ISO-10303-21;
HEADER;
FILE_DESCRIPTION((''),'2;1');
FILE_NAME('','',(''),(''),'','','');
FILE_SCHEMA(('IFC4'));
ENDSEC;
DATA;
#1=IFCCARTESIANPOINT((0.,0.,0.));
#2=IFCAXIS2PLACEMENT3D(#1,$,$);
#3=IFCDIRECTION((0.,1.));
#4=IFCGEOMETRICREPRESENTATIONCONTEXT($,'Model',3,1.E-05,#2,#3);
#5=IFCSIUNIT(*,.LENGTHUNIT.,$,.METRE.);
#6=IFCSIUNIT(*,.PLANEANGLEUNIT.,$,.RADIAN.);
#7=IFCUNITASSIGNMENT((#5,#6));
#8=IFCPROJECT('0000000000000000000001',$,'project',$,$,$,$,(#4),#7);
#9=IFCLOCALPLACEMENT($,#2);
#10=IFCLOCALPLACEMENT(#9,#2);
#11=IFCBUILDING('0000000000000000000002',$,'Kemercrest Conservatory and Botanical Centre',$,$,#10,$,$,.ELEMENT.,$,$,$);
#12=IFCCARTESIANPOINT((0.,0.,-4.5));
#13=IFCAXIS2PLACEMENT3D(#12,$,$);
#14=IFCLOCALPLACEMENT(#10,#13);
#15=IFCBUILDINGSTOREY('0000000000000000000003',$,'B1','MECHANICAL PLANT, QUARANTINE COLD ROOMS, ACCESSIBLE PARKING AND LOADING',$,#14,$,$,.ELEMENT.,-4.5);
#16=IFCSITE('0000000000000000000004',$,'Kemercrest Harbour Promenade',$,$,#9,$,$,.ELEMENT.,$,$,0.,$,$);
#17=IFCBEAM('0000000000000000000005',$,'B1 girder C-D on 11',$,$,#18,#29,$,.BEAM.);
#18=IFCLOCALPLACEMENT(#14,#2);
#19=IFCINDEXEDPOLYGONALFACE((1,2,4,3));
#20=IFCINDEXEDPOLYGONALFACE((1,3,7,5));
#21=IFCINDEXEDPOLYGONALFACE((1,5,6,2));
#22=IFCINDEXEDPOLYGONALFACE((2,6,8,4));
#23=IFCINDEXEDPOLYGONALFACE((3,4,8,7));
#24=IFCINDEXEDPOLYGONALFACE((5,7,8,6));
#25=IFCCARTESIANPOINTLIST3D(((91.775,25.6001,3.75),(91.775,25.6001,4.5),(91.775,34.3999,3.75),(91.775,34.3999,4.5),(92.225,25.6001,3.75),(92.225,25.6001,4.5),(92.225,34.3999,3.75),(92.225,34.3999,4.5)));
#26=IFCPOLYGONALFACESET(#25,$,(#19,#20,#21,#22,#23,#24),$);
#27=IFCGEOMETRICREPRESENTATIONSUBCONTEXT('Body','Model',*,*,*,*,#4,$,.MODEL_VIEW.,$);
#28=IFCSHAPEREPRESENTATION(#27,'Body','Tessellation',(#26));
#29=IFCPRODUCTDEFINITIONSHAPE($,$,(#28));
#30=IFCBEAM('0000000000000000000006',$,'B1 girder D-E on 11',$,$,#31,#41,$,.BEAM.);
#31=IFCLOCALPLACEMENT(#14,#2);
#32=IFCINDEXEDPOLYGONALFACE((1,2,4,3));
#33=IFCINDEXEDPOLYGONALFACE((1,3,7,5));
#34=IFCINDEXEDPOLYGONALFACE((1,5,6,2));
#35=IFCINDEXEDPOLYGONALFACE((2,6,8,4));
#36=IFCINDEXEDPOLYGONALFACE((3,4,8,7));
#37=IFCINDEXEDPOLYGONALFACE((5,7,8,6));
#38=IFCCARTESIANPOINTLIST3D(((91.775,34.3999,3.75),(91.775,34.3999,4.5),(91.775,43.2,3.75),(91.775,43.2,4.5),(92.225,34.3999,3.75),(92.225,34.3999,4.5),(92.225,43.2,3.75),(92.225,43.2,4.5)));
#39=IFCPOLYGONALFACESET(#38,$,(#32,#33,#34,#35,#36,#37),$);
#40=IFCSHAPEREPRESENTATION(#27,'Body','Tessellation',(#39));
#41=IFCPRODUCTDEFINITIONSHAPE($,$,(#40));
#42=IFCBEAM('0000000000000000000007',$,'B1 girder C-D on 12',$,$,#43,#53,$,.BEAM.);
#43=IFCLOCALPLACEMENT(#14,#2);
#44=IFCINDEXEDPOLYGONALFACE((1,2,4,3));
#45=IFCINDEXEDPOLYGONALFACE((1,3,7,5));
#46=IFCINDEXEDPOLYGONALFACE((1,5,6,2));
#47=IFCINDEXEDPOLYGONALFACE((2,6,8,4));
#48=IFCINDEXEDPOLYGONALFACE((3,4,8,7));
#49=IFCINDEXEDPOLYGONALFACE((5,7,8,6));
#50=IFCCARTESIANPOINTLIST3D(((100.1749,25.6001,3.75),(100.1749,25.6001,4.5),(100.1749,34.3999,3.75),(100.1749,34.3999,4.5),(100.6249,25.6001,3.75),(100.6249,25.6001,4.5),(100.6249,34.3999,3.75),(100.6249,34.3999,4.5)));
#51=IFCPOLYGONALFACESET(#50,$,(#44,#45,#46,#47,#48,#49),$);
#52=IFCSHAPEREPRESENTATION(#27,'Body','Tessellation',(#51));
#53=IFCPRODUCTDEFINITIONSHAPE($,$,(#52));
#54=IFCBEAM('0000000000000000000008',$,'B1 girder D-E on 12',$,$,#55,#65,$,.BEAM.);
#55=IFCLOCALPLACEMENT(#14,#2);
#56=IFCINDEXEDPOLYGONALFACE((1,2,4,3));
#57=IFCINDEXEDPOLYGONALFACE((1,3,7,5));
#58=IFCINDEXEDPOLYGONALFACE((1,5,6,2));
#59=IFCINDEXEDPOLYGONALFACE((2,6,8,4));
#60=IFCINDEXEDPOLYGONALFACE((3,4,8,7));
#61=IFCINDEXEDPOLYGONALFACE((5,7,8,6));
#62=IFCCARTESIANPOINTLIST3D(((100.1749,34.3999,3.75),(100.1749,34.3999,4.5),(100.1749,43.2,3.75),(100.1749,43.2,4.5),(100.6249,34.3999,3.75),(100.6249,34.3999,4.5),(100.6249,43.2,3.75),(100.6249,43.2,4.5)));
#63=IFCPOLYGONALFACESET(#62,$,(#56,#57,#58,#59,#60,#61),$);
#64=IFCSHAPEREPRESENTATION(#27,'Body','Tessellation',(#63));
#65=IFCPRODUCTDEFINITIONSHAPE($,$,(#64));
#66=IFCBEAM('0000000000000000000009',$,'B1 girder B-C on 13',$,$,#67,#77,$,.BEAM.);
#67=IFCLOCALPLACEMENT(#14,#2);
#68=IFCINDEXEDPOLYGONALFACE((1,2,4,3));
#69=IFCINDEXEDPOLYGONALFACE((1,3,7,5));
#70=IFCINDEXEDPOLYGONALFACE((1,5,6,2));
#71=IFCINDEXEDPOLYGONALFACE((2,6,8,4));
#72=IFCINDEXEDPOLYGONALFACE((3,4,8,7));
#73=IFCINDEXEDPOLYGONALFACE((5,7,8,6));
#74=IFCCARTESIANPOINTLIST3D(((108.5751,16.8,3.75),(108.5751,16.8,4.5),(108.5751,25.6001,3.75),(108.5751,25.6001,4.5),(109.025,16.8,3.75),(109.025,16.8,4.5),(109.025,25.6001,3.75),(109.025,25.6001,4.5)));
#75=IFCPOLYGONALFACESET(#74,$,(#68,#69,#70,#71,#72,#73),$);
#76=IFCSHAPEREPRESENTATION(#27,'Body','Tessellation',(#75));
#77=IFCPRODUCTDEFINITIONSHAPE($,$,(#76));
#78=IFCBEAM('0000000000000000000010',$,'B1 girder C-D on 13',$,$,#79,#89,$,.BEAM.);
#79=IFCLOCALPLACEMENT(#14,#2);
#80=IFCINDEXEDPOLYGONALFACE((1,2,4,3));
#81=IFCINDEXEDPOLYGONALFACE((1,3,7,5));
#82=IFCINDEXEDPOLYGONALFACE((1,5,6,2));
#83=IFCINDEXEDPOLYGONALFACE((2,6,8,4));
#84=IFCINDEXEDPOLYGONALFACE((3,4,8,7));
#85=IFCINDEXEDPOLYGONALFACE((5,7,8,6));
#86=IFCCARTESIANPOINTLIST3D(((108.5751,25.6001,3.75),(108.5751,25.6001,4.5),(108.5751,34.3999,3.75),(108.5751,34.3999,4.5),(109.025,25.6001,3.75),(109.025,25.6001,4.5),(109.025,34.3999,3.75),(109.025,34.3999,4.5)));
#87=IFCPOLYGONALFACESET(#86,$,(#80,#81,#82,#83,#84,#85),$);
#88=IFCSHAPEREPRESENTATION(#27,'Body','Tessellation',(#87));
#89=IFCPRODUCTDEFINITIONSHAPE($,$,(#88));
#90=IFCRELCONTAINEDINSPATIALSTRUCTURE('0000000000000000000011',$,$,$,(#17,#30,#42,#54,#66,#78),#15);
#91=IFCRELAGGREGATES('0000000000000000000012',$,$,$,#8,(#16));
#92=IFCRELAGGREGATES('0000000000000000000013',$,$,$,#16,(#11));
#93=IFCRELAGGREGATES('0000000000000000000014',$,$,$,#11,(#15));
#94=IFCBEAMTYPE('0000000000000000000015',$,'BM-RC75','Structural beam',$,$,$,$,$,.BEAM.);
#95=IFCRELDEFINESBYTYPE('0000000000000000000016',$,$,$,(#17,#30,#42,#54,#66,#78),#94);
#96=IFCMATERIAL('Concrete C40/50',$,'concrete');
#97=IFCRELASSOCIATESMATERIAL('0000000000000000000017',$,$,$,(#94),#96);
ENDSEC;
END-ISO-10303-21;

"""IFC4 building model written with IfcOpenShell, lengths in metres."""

from ifc_helpers import new_model, si_unit, direction, frame, origin, origin_2d, place, context, subcontext, project, spatial, rectangle, extrude, material, material_profile, profile_set, type_object, element, save


model = new_model("IFC4")

# Units and contexts
model_context = context("Model", 3, precision=1e-05, world=origin(), true_north=direction((0.0, 1.0)))
body_context = subcontext(model_context, "Body", "Model", "MODEL_VIEW")
ifc_project = project(units=[si_unit("LENGTHUNIT", "METRE"), si_unit("PLANEANGLEUNIT", "RADIAN")], contexts=[model_context])

# Site, building, storey
site_placement = place(None, origin())
site = spatial("IfcSite", under=ifc_project, at=site_placement, Name="Kemercrest Harbour Promenade", CompositionType="ELEMENT", RefElevation=0.0)
building_placement = place(site_placement, origin())
building = spatial("IfcBuilding", under=site, at=building_placement, Name="Kemercrest Conservatory and Botanical Centre", CompositionType="ELEMENT")
storey_placement = place(building_placement, frame((0.0, 0.0, -4.5)))
storey = spatial("IfcBuildingStorey", under=building, at=storey_placement, Name="B1", Description="MECHANICAL PLANT, QUARANTINE COLD ROOMS, ACCESSIBLE PARKING AND LOADING", CompositionType="ELEMENT", Elevation=-4.5)

# Shared definitions
ifc_material_1 = material(Name="Concrete C40/50", Category="concrete")

# Beams
ifc_material_profile_1 = material_profile(ifc_material_1, rectangle(XDim=0.45, YDim=0.75, at=origin_2d()), Name="RC 450x750")
ifc_profile_set_1 = profile_set([ifc_material_profile_1], Name="Concrete C40/50")
beam_type = type_object("IfcBeamType", Name="BM-RC75", Description="Structural beam", PredefinedType="BEAM", material=ifc_profile_set_1)
beam_1_placement = place(storey_placement, frame((92.0, 25.6001, 4.125), z_axis=(0.0, 1.0, 0.0), x_axis=(-1.0, 0.0, 0.0)))
element("IfcBeam", 1, at=beam_1_placement, inside=storey, type_object=beam_type, Name="B1 girder C-D on 11", PredefinedType="BEAM", context=body_context, shape_type="SweptSolid", body=[
    extrude(rectangle(XDim=0.45, YDim=0.75, at=origin_2d()), origin(), (0.0, 0.0, 1.0), 8.7998),
])
beam_2_placement = place(storey_placement, frame((92.0, 34.3999, 4.125), z_axis=(0.0, 1.0, 0.0), x_axis=(-1.0, 0.0, 0.0)))
element("IfcBeam", 2, at=beam_2_placement, inside=storey, type_object=beam_type, Name="B1 girder D-E on 11", PredefinedType="BEAM", context=body_context, shape_type="SweptSolid", body=[
    extrude(rectangle(XDim=0.45, YDim=0.75, at=origin_2d()), origin(), (0.0, 0.0, 1.0), 8.8),
])
beam_3_placement = place(storey_placement, frame((100.3999, 25.6001, 4.125), z_axis=(0.0, 1.0, 0.0), x_axis=(-1.0, 0.0, 0.0)))
element("IfcBeam", 3, at=beam_3_placement, inside=storey, type_object=beam_type, Name="B1 girder C-D on 12", PredefinedType="BEAM", context=body_context, shape_type="SweptSolid", body=[
    extrude(rectangle(XDim=0.45, YDim=0.75, at=origin_2d()), origin(), (0.0, 0.0, 1.0), 8.7998),
])
for number, where, z_axis, x_axis, name in (
    (4, (100.3999, 34.3999, 4.125), (0.0, 1.0, 0.0), (-1.0, 0.0, 0.0), "B1 girder D-E on 12"),
    (5, (108.8, 16.8, 4.125), (0.0, 1.0, 0.0), (-1.0, 0.0, 0.0), "B1 girder B-C on 13"),
):
    element("IfcBeam", number, at=place(storey_placement, frame(where, z_axis=z_axis, x_axis=x_axis)), inside=storey, type_object=beam_type, Name=name, PredefinedType="BEAM", context=body_context, shape_type="SweptSolid", body=[
        extrude(rectangle(XDim=0.45, YDim=0.75, at=origin_2d()), origin(), (0.0, 0.0, 1.0), 8.8),
    ])
beam_4_placement = place(storey_placement, frame((108.8, 25.6001, 4.125), z_axis=(0.0, 1.0, 0.0), x_axis=(-1.0, 0.0, 0.0)))
element("IfcBeam", 6, at=beam_4_placement, inside=storey, type_object=beam_type, Name="B1 girder C-D on 13", PredefinedType="BEAM", context=body_context, shape_type="SweptSolid", body=[
    extrude(rectangle(XDim=0.45, YDim=0.75, at=origin_2d()), origin(), (0.0, 0.0, 1.0), 8.7998),
])

save(model, "model.ifc")
